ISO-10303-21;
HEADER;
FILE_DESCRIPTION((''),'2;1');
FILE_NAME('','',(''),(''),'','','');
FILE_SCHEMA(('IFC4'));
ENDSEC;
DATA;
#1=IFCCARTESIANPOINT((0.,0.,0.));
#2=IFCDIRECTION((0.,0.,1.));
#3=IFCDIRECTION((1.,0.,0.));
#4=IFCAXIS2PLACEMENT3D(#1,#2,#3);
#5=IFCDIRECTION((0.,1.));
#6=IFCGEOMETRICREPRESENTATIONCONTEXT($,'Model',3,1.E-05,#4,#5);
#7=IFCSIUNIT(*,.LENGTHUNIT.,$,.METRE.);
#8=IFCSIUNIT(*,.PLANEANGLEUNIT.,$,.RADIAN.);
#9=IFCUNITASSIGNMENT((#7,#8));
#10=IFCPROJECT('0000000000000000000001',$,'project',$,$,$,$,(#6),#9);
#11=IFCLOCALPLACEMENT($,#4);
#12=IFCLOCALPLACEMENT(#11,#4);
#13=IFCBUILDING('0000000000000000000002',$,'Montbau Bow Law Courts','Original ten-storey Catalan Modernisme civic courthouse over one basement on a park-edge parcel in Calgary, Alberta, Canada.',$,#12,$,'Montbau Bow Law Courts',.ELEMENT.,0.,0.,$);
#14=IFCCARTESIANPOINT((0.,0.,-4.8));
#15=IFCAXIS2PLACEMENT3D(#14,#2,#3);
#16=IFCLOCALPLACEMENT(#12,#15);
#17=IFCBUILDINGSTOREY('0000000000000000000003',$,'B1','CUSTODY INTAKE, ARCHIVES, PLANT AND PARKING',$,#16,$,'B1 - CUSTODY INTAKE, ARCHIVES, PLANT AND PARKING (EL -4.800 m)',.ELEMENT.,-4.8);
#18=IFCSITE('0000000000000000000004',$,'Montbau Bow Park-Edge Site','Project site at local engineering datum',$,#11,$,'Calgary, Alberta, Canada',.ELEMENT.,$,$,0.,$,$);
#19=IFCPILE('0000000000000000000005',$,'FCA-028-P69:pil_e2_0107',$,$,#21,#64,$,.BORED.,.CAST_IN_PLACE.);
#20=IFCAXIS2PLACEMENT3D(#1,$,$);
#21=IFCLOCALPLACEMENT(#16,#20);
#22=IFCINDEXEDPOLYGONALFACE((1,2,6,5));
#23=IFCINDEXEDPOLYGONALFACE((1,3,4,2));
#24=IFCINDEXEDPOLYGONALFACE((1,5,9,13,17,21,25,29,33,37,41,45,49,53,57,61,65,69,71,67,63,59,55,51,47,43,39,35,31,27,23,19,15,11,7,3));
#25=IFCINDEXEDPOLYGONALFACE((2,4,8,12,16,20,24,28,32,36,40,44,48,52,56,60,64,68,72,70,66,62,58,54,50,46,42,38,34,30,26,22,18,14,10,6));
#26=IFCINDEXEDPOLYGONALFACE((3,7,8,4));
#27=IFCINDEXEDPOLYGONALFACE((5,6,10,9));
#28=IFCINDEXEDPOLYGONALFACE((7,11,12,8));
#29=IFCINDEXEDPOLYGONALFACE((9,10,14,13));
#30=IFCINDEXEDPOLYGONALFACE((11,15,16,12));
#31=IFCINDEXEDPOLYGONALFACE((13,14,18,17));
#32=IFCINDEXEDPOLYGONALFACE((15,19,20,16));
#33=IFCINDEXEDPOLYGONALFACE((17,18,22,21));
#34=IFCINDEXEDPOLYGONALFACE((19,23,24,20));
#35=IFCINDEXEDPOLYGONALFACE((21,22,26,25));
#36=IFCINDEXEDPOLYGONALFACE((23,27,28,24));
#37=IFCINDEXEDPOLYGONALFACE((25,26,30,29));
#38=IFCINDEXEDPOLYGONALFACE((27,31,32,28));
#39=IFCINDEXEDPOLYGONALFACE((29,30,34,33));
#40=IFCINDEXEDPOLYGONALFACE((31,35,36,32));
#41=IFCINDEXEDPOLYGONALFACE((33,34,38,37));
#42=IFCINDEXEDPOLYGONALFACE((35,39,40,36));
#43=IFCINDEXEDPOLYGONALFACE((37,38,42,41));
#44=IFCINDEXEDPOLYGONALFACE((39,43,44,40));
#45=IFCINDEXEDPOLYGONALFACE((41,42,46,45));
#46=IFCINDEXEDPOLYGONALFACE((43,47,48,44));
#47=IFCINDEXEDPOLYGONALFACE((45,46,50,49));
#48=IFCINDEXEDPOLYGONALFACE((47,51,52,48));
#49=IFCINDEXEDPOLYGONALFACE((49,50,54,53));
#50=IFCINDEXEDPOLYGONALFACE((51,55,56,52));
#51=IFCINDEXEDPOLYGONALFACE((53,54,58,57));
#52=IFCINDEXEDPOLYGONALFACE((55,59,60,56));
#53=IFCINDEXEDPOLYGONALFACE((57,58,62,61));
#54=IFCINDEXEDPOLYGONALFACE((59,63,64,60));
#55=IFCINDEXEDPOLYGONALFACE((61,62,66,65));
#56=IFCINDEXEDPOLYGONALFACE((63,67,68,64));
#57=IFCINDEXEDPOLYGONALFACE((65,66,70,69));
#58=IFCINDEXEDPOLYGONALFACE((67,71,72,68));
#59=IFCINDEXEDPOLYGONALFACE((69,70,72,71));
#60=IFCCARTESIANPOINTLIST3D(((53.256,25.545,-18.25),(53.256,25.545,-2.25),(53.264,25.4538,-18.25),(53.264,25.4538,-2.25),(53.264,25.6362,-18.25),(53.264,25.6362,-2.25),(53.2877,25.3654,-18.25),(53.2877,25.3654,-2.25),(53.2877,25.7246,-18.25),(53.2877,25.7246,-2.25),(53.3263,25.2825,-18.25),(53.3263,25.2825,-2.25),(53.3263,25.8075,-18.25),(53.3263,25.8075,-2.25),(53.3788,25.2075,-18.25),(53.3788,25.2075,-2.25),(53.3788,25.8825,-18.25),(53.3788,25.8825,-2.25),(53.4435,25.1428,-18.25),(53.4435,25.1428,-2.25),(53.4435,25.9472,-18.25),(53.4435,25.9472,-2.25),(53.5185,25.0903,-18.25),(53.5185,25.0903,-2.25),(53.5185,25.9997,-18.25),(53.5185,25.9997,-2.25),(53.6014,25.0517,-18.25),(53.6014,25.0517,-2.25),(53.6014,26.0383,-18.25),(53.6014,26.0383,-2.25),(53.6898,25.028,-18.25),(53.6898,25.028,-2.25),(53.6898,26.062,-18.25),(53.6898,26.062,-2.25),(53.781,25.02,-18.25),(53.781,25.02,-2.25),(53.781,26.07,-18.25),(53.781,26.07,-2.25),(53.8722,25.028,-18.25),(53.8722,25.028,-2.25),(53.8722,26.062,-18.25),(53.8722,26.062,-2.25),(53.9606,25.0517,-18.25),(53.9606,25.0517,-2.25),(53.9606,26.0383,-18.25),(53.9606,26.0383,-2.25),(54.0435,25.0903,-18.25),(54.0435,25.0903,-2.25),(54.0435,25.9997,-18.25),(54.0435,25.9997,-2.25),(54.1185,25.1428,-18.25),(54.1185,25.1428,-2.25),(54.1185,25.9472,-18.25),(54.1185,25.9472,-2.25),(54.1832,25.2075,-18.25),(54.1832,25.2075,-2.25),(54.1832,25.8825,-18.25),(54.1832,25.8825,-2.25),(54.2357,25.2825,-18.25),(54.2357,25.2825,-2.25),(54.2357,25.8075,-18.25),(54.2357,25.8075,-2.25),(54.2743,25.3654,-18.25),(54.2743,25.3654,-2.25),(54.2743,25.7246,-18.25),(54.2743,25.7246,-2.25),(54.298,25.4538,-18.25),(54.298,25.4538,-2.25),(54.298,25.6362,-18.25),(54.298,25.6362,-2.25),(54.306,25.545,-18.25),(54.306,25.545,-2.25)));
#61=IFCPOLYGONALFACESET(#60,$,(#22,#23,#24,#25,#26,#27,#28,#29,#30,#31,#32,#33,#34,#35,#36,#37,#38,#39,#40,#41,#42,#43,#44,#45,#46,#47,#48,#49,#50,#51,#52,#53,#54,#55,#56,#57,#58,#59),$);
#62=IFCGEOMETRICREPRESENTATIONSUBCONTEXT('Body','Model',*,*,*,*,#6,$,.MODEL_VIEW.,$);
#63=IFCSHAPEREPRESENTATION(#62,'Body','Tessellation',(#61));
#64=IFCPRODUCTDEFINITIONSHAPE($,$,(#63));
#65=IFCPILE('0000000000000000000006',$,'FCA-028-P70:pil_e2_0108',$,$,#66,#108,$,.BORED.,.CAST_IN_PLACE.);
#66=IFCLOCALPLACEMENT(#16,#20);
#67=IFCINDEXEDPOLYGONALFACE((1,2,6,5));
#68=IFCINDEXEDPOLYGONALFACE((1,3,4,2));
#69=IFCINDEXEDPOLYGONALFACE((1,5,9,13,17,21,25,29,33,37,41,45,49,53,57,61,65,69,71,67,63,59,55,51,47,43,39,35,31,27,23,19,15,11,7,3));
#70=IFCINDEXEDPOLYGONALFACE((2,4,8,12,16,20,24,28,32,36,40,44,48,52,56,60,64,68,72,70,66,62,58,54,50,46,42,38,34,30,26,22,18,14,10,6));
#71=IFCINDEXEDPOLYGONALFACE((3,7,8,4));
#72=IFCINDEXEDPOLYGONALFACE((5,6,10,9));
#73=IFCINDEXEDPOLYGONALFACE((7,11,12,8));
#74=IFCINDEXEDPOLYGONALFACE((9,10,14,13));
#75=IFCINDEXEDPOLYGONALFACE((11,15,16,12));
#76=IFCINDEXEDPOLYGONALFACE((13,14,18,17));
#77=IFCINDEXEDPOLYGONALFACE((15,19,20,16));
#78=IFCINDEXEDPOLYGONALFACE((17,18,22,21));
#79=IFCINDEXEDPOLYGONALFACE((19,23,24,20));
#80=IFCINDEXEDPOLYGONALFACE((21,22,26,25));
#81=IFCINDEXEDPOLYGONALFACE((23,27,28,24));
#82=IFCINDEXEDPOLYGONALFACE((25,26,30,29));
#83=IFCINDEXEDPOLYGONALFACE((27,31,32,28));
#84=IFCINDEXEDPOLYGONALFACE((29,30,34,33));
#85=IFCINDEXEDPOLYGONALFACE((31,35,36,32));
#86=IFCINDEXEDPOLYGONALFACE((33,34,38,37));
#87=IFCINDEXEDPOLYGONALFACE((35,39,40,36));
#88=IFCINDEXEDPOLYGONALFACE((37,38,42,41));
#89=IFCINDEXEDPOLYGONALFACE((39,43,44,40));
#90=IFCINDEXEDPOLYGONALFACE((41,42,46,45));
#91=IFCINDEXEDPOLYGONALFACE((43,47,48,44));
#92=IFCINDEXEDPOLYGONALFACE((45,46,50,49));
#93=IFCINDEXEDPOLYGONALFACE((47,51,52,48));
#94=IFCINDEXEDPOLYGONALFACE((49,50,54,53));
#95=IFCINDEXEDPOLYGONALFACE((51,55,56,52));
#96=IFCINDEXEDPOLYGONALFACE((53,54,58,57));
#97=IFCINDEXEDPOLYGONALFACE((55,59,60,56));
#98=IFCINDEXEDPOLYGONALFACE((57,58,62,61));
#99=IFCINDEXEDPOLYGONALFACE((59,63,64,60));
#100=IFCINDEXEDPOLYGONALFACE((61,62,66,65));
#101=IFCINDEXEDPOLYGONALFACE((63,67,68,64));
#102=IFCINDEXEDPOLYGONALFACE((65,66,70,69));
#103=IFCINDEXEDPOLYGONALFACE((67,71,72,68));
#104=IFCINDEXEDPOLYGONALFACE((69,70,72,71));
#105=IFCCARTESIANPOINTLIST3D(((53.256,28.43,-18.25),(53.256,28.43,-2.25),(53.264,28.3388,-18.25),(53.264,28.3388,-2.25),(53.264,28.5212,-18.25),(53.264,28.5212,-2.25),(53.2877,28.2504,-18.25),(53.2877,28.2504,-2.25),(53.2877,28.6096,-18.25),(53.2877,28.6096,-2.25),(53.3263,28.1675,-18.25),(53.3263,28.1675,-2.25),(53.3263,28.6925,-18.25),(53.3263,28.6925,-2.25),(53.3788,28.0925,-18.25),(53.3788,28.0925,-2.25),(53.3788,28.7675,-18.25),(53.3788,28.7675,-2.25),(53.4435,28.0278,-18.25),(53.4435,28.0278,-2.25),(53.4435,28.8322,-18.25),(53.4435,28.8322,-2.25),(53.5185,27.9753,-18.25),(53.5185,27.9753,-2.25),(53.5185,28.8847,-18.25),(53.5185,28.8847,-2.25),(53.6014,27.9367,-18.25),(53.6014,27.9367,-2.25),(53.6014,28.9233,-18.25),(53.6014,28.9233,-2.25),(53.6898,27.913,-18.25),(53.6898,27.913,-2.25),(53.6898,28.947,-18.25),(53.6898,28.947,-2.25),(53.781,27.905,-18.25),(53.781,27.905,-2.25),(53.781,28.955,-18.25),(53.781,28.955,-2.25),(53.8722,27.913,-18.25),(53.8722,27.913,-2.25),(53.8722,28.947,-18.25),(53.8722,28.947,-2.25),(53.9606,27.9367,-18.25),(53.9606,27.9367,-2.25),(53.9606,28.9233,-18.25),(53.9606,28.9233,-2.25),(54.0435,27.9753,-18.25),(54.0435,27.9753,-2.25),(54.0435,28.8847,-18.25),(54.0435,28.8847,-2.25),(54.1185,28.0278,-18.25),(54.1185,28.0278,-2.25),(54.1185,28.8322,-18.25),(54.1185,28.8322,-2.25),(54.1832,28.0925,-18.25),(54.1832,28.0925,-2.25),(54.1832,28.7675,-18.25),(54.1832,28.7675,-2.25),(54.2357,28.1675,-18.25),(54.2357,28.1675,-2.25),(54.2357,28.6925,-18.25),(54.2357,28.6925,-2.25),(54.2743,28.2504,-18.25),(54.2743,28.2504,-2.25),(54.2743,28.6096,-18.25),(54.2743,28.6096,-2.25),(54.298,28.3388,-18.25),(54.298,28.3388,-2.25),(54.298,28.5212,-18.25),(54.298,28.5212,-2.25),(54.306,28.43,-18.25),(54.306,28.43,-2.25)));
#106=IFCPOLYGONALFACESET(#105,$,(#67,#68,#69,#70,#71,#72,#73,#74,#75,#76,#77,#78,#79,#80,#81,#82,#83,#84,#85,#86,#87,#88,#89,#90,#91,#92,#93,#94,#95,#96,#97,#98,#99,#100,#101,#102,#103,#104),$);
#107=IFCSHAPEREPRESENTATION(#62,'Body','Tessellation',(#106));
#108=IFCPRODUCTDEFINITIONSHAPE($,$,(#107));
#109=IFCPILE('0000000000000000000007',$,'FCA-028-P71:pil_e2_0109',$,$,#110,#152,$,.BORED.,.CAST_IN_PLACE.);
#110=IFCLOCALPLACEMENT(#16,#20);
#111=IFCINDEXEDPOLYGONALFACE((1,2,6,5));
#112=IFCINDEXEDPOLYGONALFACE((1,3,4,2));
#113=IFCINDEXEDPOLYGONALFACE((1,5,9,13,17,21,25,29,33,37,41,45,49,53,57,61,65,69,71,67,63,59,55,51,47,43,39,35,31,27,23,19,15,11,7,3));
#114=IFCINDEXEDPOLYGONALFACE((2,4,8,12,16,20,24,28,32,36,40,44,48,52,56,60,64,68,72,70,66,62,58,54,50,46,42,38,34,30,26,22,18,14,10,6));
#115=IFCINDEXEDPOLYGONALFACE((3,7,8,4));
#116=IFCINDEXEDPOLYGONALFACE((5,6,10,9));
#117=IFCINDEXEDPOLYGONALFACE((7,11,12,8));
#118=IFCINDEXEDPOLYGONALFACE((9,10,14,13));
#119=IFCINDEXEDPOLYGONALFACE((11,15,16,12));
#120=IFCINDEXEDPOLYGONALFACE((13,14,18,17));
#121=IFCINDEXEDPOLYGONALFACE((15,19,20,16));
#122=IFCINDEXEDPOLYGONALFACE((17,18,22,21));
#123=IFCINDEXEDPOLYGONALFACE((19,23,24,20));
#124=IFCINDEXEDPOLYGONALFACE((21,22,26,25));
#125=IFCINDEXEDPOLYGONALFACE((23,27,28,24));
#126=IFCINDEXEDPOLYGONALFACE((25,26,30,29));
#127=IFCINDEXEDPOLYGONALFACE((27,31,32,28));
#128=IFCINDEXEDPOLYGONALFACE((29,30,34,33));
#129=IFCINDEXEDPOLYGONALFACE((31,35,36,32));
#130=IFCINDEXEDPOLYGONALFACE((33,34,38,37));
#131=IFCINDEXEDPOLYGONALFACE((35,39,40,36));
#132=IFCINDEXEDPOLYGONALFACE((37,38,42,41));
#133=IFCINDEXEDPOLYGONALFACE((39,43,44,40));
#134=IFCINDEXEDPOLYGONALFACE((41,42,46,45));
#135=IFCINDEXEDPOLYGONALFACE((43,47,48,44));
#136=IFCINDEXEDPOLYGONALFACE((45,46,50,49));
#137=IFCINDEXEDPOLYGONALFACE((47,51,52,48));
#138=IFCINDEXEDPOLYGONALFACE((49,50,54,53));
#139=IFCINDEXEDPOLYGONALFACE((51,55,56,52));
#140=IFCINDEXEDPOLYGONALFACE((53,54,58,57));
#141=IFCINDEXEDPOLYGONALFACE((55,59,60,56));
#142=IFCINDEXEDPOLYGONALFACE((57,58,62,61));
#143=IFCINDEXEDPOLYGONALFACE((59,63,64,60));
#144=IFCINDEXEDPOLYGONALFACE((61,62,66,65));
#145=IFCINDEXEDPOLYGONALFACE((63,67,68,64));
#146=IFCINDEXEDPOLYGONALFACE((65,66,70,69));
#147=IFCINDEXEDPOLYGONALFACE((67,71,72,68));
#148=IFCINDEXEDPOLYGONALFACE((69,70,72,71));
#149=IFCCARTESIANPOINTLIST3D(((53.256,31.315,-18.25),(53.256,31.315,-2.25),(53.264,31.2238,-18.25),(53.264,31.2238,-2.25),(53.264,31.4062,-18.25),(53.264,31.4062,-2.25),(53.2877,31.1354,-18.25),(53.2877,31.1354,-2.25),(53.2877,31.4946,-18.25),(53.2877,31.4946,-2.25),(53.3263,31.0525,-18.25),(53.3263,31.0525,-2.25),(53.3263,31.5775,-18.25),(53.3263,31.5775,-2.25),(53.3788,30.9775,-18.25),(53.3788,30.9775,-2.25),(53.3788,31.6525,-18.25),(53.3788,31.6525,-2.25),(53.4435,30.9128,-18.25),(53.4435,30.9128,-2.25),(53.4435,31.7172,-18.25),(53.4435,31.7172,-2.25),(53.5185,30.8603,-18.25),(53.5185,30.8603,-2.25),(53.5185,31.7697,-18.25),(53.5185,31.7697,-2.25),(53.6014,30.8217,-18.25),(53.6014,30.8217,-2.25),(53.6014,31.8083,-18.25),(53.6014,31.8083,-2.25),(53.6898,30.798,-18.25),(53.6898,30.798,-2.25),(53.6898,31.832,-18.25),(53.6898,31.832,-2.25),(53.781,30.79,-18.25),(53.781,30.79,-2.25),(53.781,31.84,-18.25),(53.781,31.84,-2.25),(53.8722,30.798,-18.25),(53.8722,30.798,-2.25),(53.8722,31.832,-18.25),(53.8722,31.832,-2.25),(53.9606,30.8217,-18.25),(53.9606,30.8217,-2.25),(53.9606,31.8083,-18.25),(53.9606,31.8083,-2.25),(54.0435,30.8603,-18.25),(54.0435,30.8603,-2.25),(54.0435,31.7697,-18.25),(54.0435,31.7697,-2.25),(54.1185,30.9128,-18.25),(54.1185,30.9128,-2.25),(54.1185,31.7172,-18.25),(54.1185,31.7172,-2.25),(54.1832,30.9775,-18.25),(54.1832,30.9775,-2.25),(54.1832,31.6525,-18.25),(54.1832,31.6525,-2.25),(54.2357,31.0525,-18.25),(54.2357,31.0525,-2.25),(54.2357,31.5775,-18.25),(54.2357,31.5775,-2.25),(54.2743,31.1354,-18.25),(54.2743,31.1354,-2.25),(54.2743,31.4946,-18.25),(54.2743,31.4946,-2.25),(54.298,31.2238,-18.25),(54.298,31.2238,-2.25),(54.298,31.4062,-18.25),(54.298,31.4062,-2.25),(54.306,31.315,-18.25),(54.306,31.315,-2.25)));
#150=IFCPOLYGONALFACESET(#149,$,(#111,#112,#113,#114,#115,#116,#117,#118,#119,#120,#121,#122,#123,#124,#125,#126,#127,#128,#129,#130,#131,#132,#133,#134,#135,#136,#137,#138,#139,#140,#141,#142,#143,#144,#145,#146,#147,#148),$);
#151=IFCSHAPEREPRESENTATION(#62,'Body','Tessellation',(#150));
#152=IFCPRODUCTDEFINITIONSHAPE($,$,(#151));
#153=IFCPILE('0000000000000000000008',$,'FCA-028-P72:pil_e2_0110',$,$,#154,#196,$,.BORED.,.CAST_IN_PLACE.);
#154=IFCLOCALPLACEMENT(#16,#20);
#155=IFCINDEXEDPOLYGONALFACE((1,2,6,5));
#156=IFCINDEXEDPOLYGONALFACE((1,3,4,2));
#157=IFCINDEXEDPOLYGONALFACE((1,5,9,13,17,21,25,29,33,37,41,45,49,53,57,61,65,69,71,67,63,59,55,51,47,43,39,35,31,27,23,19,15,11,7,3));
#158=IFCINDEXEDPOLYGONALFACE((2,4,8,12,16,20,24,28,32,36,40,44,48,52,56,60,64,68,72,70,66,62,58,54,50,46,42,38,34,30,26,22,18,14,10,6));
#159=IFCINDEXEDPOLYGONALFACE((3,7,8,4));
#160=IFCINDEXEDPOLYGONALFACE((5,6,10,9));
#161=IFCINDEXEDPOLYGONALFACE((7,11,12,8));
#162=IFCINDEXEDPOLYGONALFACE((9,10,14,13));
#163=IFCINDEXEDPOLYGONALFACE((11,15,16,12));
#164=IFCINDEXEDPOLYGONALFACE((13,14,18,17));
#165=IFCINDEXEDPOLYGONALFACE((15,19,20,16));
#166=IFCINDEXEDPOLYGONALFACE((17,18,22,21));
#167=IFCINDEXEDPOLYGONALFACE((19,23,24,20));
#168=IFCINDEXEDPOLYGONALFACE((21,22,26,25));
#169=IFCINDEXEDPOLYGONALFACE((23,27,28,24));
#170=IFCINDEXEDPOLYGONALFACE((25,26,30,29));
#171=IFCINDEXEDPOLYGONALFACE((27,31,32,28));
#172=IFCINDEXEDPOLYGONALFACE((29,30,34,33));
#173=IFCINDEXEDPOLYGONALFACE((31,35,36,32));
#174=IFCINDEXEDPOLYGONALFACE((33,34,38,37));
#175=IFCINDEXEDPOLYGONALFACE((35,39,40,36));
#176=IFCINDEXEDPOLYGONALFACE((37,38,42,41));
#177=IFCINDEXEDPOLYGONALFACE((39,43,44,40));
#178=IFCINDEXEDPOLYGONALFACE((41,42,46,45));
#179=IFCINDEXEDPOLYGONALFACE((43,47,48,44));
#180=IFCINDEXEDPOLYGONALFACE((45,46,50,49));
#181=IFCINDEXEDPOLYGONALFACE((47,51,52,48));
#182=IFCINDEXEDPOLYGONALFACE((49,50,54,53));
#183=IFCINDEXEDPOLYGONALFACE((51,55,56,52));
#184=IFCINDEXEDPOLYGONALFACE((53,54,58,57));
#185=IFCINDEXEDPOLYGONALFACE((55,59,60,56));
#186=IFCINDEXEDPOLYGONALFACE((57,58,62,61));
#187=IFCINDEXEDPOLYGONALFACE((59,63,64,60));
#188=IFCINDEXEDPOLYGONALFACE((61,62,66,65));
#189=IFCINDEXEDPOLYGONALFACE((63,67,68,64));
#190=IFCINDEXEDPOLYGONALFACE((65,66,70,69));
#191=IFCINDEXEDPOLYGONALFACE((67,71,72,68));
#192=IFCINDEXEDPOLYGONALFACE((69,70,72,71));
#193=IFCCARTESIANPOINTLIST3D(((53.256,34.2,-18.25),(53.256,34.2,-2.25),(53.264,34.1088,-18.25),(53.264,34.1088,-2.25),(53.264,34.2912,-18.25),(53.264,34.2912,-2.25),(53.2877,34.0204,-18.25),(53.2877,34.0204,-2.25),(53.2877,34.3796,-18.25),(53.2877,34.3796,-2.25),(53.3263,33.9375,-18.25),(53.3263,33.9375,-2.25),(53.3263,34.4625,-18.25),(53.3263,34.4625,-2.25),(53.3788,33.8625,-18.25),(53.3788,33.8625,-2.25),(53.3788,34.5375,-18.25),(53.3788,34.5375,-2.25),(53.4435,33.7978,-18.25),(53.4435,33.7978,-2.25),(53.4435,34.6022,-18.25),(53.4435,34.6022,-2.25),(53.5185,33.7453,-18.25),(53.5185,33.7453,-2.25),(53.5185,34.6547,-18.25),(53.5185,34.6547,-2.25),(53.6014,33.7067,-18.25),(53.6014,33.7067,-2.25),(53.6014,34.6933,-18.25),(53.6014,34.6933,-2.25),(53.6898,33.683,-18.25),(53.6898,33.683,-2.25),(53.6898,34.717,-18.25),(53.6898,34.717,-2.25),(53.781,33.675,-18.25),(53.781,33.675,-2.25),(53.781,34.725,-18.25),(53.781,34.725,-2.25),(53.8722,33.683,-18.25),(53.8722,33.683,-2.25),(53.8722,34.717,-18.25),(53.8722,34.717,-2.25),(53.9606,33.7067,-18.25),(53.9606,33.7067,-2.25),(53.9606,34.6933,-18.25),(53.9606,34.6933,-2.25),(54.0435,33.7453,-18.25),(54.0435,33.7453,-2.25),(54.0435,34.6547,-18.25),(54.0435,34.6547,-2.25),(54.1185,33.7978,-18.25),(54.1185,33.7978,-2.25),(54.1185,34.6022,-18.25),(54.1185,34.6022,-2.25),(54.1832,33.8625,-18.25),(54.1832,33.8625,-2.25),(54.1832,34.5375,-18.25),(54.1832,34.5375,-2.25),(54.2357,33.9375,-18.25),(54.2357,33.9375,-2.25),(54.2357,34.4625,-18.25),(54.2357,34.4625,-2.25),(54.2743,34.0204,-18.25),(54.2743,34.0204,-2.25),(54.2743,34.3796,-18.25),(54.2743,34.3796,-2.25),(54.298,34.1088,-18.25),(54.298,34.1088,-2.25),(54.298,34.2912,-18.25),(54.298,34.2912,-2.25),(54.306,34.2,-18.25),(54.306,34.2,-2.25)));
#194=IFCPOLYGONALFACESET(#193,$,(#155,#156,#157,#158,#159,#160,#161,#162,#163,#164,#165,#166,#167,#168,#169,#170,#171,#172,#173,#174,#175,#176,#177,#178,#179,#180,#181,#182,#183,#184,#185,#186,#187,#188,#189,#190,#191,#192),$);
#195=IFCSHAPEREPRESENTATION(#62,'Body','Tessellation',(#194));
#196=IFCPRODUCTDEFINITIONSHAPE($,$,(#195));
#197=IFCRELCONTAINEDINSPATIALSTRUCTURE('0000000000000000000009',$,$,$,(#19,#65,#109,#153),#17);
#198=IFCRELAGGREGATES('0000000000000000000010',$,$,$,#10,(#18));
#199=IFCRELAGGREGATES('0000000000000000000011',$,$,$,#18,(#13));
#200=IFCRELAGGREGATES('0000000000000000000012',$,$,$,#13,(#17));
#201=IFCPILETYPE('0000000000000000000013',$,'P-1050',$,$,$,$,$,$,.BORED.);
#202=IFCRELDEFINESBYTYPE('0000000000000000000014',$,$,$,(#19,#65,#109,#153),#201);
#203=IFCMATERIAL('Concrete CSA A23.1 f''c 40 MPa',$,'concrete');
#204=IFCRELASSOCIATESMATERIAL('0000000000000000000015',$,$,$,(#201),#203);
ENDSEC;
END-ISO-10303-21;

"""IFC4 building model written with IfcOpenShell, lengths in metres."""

from ifc_helpers import new_model, si_unit, direction, frame, origin_with_axes, origin_2d_with_axis, place, context, subcontext, project, spatial, circle, extrude, material, material_profile, profile_set, type_object, element, save


model = new_model("IFC4")

# Units and contexts
model_context = context("Model", 3, precision=1e-05, world=origin_with_axes(), true_north=direction((0.0, 1.0)))
body_context = subcontext(model_context, "Body", "Model", "MODEL_VIEW")
ifc_project = project(units=[si_unit("LENGTHUNIT", "METRE"), si_unit("PLANEANGLEUNIT", "RADIAN")], contexts=[model_context])

# Site, building, storey
site_placement = place(None, origin_with_axes())
site = spatial("IfcSite", under=ifc_project, at=site_placement, Name="Montbau Bow Park-Edge Site", Description="Project site at local engineering datum", LongName="Calgary, Alberta, Canada", CompositionType="ELEMENT", RefElevation=0.0)
building_placement = place(site_placement, origin_with_axes())
building = spatial("IfcBuilding", under=site, at=building_placement, Name="Montbau Bow Law Courts", Description="Original ten-storey Catalan Modernisme civic courthouse over one basement on a park-edge parcel in Calgary, Alberta, Canada.", LongName="Montbau Bow Law Courts", CompositionType="ELEMENT", ElevationOfRefHeight=0.0, ElevationOfTerrain=0.0)
storey_placement = place(building_placement, frame((0.0, 0.0, -4.8), z_axis=(0.0, 0.0, 1.0), x_axis=(1.0, 0.0, 0.0)))
storey = spatial("IfcBuildingStorey", under=building, at=storey_placement, Name="B1", Description="CUSTODY INTAKE, ARCHIVES, PLANT AND PARKING", LongName="B1 - CUSTODY INTAKE, ARCHIVES, PLANT AND PARKING (EL -4.800 m)", CompositionType="ELEMENT", Elevation=-4.8)

# Piles
ifc_material_1 = material(Name="Concrete CSA A23.1 f'c 40 MPa", Category="concrete")
ifc_material_profile_1 = material_profile(ifc_material_1, circle(Radius=0.525, at=origin_2d_with_axis()), Name="BP1050", Category="Main", Priority=0)
ifc_profile_set_1 = profile_set([ifc_material_profile_1], Name="Concrete CSA A23.1 f'c 40 MPa")
pile_type = type_object("IfcPileType", Name="P-1050", PredefinedType="BORED", material=ifc_profile_set_1)
for number, where, z_axis, x_axis, name in (
    (1, (53.781, 25.545, -23.05), (0.0, 0.0, 1.0), (1.0, 0.0, 0.0), "FCA-028-P69:pil_e2_0107"),
    (2, (53.781, 28.43, -23.05), (0.0, 0.0, 1.0), (1.0, 0.0, 0.0), "FCA-028-P70:pil_e2_0108"),
    (3, (53.781, 31.315, -23.05), (0.0, 0.0, 1.0), (1.0, 0.0, 0.0), "FCA-028-P71:pil_e2_0109"),
    (4, (53.781, 34.2, -23.05), (0.0, 0.0, 1.0), (1.0, 0.0, 0.0), "FCA-028-P72:pil_e2_0110"),
):
    element("IfcPile", number, at=place(None, frame(where, z_axis=z_axis, x_axis=x_axis)), inside=storey, type_object=pile_type, Name=name, ConstructionType="CAST_IN_PLACE", PredefinedType="BORED", context=body_context, shape_type="SweptSolid", body=[
        extrude(circle(Radius=0.525, at=origin_2d_with_axis()), origin_with_axes(), (0.0, 0.0, 1.0), 16.0),
    ])

save(model, "model.ifc")
